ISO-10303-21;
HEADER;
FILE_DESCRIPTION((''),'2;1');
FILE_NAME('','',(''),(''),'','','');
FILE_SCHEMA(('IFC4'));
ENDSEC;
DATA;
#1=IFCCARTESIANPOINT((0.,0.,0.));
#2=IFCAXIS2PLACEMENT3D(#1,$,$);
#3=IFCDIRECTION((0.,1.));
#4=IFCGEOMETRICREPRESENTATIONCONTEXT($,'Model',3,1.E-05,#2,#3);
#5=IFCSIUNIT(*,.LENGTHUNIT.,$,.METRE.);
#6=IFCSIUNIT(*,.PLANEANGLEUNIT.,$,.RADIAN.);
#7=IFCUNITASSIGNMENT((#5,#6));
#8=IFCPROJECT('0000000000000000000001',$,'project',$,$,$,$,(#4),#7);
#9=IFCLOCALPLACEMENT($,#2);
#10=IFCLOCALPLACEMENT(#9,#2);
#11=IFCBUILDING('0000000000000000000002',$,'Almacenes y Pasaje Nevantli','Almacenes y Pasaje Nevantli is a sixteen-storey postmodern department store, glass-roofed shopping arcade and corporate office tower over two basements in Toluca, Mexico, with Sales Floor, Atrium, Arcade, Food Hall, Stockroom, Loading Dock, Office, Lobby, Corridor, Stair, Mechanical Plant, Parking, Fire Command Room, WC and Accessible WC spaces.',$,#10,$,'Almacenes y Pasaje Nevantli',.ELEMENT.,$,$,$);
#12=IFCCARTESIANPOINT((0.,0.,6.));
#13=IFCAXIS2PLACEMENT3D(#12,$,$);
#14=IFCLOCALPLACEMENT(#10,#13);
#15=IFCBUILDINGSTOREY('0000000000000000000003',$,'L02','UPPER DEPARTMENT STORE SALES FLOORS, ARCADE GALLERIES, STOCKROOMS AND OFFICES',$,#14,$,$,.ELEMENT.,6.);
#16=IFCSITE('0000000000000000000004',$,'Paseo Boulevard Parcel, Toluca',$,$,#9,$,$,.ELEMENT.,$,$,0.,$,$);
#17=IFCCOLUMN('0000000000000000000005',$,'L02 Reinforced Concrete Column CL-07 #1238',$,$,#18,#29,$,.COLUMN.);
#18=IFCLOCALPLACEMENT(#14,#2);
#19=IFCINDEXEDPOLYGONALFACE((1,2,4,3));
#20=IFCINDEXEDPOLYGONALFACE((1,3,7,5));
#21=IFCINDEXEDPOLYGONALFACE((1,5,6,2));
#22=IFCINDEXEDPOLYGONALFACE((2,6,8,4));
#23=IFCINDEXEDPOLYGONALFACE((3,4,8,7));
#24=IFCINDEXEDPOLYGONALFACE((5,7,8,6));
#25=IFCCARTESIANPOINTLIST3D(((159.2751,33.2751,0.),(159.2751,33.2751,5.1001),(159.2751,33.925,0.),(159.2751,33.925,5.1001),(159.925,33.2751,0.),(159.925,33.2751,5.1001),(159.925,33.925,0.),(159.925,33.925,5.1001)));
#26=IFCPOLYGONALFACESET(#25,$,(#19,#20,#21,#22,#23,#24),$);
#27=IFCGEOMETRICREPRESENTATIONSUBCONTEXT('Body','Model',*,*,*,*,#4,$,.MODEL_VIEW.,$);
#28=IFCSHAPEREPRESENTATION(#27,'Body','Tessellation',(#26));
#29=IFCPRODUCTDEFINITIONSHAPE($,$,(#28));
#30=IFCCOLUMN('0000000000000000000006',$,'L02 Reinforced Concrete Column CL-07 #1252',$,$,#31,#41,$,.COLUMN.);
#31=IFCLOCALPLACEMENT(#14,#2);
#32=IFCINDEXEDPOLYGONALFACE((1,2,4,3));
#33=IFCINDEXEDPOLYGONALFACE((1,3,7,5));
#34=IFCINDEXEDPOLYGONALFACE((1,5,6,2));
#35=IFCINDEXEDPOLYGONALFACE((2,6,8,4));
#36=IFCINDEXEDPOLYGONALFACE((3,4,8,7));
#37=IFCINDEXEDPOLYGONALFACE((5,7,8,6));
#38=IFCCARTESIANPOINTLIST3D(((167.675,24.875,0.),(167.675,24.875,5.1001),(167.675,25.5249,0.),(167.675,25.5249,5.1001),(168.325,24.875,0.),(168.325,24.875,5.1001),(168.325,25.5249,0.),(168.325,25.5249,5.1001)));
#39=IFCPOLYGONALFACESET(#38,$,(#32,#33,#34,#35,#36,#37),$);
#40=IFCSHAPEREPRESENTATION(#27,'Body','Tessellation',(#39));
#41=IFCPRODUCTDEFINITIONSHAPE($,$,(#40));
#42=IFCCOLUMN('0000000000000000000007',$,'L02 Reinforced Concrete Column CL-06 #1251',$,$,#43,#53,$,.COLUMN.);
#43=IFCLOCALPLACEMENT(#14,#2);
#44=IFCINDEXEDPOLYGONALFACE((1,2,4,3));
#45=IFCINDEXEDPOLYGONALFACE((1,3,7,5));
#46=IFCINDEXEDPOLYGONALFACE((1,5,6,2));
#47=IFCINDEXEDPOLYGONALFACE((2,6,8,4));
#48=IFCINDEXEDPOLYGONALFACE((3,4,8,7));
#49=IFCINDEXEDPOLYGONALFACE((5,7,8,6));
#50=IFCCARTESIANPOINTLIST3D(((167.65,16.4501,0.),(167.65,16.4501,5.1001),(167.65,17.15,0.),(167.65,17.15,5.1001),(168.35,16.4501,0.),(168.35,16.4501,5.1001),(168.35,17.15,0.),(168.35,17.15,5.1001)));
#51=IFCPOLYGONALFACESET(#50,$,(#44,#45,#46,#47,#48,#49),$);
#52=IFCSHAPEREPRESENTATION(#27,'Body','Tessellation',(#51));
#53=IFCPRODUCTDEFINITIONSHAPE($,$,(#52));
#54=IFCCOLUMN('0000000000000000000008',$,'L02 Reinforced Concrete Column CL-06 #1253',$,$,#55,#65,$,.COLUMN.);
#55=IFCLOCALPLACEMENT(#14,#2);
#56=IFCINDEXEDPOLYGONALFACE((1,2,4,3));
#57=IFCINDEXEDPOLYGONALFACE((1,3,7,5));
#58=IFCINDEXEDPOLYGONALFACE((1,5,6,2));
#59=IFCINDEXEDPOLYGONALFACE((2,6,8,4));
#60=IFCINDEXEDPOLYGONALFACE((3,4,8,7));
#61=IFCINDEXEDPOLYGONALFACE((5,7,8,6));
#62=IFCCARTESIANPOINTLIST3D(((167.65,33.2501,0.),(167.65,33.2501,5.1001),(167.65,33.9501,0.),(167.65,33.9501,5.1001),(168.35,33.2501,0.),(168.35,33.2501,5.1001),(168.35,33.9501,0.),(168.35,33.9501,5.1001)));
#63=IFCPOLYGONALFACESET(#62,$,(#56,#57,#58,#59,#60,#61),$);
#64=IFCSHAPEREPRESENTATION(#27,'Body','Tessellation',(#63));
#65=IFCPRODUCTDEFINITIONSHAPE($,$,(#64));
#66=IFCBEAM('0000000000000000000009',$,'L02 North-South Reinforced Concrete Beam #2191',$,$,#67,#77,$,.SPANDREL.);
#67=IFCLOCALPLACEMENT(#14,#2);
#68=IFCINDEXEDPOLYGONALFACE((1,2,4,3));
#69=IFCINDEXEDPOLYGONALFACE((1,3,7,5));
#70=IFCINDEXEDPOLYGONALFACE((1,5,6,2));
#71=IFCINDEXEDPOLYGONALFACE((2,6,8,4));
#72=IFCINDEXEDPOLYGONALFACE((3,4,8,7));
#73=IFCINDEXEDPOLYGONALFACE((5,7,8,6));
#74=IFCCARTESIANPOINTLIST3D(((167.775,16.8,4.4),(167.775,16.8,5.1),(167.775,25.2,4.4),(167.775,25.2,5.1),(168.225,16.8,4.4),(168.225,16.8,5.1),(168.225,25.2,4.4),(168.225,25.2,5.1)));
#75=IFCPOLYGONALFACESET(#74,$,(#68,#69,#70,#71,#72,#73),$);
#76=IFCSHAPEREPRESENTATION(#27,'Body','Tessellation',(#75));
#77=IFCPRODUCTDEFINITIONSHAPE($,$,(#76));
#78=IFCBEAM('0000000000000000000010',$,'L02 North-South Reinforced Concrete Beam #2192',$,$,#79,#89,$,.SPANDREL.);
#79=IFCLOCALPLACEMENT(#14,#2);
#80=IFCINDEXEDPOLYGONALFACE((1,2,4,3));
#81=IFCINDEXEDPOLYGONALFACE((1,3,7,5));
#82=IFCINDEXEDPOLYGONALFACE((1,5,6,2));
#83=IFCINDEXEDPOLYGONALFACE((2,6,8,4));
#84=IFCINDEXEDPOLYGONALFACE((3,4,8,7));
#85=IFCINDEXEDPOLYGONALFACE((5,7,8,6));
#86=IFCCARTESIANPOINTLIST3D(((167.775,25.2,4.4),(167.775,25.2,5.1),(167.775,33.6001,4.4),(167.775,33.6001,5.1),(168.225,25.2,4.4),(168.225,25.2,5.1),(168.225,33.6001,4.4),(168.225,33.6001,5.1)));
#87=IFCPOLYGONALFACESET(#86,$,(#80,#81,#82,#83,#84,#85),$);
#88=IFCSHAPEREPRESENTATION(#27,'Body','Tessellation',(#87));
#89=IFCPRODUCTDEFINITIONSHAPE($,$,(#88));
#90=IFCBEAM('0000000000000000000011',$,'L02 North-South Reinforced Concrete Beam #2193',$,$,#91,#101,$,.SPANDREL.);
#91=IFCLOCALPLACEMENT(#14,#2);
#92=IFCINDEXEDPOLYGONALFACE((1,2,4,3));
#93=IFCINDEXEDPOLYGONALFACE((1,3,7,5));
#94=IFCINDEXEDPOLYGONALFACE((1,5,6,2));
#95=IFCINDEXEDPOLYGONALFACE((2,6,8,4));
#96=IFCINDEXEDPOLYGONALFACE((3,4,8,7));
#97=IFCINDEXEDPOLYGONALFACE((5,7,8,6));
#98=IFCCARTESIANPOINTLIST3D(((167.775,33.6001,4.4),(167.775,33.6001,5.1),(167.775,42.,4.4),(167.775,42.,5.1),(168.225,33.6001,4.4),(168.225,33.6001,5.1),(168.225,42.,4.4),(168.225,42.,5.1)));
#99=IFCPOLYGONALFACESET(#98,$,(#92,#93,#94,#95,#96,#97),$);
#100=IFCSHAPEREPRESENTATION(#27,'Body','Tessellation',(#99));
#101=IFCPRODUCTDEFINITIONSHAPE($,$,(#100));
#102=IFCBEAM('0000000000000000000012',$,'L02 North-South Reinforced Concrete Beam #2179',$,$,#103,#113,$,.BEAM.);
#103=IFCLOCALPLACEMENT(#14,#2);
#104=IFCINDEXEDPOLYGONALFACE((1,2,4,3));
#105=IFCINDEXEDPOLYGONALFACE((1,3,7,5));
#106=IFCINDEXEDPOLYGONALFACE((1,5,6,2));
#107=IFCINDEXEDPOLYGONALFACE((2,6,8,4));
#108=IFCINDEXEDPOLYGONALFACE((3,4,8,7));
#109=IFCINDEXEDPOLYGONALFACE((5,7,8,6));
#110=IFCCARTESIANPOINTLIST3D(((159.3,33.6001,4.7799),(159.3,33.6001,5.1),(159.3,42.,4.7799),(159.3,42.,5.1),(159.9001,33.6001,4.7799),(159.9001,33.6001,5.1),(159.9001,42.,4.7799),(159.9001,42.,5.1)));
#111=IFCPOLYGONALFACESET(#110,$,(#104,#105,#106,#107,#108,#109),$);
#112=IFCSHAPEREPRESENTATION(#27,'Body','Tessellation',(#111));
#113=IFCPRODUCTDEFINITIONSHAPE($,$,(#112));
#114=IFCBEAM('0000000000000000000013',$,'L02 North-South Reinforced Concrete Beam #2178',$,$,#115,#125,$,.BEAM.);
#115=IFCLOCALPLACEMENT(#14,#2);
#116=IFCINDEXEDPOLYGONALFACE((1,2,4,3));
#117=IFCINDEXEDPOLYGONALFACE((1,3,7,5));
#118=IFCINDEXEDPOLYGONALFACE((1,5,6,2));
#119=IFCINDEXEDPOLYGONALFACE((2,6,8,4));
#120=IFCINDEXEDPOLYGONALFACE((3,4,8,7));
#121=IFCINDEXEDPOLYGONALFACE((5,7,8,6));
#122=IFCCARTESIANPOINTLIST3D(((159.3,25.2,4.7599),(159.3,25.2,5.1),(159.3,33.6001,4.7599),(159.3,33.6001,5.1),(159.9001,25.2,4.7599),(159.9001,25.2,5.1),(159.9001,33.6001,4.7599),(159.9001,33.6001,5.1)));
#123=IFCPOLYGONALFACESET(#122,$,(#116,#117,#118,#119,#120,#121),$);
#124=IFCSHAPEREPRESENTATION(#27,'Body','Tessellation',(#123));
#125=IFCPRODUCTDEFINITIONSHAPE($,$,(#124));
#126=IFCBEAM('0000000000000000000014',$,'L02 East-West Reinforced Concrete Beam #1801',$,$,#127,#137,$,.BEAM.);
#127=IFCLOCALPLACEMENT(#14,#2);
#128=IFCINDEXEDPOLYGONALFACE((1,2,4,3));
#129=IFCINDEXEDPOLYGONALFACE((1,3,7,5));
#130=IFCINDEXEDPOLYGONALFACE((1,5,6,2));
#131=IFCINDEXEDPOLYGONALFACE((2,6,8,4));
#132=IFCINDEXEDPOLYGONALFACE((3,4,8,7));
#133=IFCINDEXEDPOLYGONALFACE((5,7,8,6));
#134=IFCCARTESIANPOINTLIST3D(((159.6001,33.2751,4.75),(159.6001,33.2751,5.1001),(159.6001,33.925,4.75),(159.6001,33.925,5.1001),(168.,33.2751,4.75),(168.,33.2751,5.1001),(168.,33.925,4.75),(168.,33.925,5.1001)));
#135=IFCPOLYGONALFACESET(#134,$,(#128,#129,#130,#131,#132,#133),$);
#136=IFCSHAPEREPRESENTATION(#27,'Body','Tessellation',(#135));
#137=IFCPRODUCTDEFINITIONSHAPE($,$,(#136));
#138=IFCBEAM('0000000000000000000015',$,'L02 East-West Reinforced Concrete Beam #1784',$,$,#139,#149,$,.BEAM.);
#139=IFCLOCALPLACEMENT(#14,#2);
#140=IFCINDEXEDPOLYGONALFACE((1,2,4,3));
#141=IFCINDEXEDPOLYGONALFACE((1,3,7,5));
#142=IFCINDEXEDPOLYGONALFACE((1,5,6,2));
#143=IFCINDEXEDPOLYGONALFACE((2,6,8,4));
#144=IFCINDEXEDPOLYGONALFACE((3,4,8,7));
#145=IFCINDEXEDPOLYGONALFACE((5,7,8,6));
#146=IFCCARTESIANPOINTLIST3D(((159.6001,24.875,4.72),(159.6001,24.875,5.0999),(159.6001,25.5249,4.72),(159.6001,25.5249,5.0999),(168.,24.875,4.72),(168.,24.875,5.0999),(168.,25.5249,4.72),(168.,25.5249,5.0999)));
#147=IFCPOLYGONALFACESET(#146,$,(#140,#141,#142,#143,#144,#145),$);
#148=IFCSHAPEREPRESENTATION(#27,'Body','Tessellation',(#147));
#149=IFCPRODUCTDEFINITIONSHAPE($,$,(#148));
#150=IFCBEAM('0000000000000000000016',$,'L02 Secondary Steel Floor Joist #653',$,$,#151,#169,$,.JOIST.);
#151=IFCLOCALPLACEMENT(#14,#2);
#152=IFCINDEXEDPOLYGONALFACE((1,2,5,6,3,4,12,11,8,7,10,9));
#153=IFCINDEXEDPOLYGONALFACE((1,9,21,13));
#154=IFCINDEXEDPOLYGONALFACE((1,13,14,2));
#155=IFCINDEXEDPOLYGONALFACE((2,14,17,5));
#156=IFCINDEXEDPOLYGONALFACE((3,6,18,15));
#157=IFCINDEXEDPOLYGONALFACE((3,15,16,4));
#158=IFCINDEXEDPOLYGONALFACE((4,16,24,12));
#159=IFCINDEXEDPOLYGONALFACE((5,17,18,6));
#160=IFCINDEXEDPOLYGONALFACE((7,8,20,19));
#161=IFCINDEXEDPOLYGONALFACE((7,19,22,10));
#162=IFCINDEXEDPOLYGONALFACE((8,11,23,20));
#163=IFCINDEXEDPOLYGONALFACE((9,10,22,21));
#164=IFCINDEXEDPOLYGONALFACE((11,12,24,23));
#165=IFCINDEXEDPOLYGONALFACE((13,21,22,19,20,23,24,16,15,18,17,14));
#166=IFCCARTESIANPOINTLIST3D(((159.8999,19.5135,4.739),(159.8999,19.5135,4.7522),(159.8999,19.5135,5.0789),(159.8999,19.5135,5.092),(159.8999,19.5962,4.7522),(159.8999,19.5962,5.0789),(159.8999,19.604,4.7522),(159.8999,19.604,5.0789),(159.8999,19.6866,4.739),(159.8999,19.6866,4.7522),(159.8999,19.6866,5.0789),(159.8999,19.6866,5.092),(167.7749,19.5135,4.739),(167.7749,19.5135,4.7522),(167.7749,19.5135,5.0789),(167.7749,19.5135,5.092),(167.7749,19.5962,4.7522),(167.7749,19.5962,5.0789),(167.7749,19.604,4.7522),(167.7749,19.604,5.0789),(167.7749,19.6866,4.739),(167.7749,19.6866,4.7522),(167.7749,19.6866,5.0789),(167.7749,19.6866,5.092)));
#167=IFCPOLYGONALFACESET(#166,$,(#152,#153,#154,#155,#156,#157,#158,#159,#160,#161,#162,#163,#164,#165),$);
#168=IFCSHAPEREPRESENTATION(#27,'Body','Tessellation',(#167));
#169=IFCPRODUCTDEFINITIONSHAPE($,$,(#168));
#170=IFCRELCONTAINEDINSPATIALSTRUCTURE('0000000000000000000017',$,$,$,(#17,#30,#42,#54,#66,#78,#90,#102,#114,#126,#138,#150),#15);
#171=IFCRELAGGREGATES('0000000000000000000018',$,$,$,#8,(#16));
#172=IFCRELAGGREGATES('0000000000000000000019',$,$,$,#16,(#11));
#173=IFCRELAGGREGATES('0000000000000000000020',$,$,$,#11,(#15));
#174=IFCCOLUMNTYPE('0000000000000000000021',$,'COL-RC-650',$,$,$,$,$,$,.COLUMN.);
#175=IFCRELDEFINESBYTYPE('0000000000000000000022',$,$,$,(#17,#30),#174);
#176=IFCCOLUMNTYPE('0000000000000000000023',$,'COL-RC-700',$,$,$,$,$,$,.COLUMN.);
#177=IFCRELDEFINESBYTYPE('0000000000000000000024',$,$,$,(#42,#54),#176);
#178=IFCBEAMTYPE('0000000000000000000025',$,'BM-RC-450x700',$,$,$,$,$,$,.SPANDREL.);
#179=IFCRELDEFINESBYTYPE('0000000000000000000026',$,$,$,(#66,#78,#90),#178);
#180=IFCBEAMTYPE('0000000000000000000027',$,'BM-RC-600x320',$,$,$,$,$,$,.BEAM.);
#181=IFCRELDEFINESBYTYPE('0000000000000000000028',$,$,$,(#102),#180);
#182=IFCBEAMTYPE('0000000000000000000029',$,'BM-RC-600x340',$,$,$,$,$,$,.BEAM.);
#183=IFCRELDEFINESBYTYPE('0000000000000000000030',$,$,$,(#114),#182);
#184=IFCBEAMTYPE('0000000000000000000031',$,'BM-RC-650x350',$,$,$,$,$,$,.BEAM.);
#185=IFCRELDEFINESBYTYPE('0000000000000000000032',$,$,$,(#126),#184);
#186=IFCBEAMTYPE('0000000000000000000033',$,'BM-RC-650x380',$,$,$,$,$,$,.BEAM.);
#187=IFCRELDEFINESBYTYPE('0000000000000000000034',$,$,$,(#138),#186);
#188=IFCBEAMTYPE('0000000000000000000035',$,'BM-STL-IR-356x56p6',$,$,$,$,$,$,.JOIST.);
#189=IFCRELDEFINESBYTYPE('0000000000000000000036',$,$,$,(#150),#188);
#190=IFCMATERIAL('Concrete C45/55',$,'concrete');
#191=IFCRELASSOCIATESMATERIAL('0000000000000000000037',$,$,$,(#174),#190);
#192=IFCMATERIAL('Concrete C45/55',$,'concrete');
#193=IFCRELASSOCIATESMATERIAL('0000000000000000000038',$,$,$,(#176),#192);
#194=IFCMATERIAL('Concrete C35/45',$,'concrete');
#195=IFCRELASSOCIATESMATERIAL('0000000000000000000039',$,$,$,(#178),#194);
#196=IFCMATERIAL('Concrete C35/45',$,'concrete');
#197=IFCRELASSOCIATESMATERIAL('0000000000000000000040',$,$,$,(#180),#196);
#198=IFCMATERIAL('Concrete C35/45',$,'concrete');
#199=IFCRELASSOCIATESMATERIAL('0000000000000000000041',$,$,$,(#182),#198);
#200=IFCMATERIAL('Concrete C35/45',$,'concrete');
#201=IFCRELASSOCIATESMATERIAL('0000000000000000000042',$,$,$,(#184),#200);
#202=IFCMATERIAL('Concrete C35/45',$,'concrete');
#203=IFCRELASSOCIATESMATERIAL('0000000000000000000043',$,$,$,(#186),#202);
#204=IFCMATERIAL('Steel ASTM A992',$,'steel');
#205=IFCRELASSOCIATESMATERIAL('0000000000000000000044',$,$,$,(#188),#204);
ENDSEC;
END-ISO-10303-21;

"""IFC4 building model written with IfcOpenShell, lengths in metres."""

from ifc_helpers import new_model, si_unit, direction, frame, origin, origin_2d, place, context, subcontext, project, spatial, rectangle, i_section, extrude, material, material_profile, profile_set, type_object, element, save


model = new_model("IFC4")

# Units and contexts
model_context = context("Model", 3, precision=1e-05, world=origin(), true_north=direction((0.0, 1.0)))
body_context = subcontext(model_context, "Body", "Model", "MODEL_VIEW")
ifc_project = project(units=[si_unit("LENGTHUNIT", "METRE"), si_unit("PLANEANGLEUNIT", "RADIAN")], contexts=[model_context])

# Site, building, storey
site_placement = place(None, origin())
site = spatial("IfcSite", under=ifc_project, at=site_placement, Name="Paseo Boulevard Parcel, Toluca", CompositionType="ELEMENT", RefElevation=0.0)
building_placement = place(site_placement, origin())
building = spatial("IfcBuilding", under=site, at=building_placement, Name="Almacenes y Pasaje Nevantli", Description="Almacenes y Pasaje Nevantli is a sixteen-storey postmodern department store, glass-roofed shopping arcade and corporate office tower over two basements in Toluca, Mexico, with Sales Floor, Atrium, Arcade, Food Hall, Stockroom, Loading Dock, Office, Lobby, Corridor, Stair, Mechanical Plant, Parking, Fire Command Room, WC and Accessible WC spaces.", LongName="Almacenes y Pasaje Nevantli", CompositionType="ELEMENT")
storey_placement = place(building_placement, frame((0.0, 0.0, 6.0)))
storey = spatial("IfcBuildingStorey", under=building, at=storey_placement, Name="L02", Description="UPPER DEPARTMENT STORE SALES FLOORS, ARCADE GALLERIES, STOCKROOMS AND OFFICES", CompositionType="ELEMENT", Elevation=6.0)

# Columns
ifc_material_1 = material(Name="Concrete C45/55", Category="concrete")
ifc_material_profile_1 = material_profile(ifc_material_1, rectangle(XDim=0.6499, YDim=0.6499, at=origin_2d()), Name="RC-COL-650x650")
ifc_profile_set_1 = profile_set([ifc_material_profile_1], Name="Concrete C45/55")
column_type_1 = type_object("IfcColumnType", Name="COL-RC-650", PredefinedType="COLUMN", material=ifc_profile_set_1)
for number, where, z_axis, x_axis, name in (
    (1, (159.6001, 33.6001, 0.0), (0.0, 0.0, 1.0), (1.0, 0.0, 0.0), "L02 Reinforced Concrete Column CL-07 #1238"),
    (2, (168.0, 25.2, 0.0), (0.0, 0.0, 1.0), (1.0, 0.0, 0.0), "L02 Reinforced Concrete Column CL-07 #1252"),
):
    element("IfcColumn", number, at=place(storey_placement, frame(where, z_axis=z_axis, x_axis=x_axis)), inside=storey, type_object=column_type_1, Name=name, PredefinedType="COLUMN", context=body_context, shape_type="SweptSolid", body=[
        extrude(rectangle(XDim=0.6499, YDim=0.6499, at=origin_2d()), origin(), (0.0, 0.0, 1.0), 5.1001),
    ])
ifc_material_2 = material(Name="Concrete C45/55", Category="concrete")
ifc_material_profile_2 = material_profile(ifc_material_2, rectangle(XDim=0.7, YDim=0.7, at=origin_2d()), Name="RC-COL-700x700")
ifc_profile_set_2 = profile_set([ifc_material_profile_2], Name="Concrete C45/55")
column_type_2 = type_object("IfcColumnType", Name="COL-RC-700", PredefinedType="COLUMN", material=ifc_profile_set_2)
for number, where, z_axis, x_axis, name in (
    (3, (168.0, 16.8, 0.0), (0.0, 0.0, 1.0), (1.0, 0.0, 0.0), "L02 Reinforced Concrete Column CL-06 #1251"),
    (4, (168.0, 33.6001, 0.0), (0.0, 0.0, 1.0), (1.0, 0.0, 0.0), "L02 Reinforced Concrete Column CL-06 #1253"),
):
    element("IfcColumn", number, at=place(storey_placement, frame(where, z_axis=z_axis, x_axis=x_axis)), inside=storey, type_object=column_type_2, Name=name, PredefinedType="COLUMN", context=body_context, shape_type="SweptSolid", body=[
        extrude(rectangle(XDim=0.7, YDim=0.7, at=origin_2d()), origin(), (0.0, 0.0, 1.0), 5.1001),
    ])

# Beams
ifc_material_3 = material(Name="Concrete C35/45", Category="concrete")
ifc_material_profile_3 = material_profile(ifc_material_3, rectangle(XDim=0.45, YDim=0.7, at=origin_2d()), Name="RC-BM-450x700")
ifc_profile_set_3 = profile_set([ifc_material_profile_3], Name="Concrete C35/45")
beam_type_1 = type_object("IfcBeamType", Name="BM-RC-450x700", PredefinedType="SPANDREL", material=ifc_profile_set_3)
beam_1_placement = place(storey_placement, frame((168.0, 16.8, 4.75), z_axis=(0.0, 1.0, 0.0), x_axis=(-1.0, 0.0, 0.0)))
element("IfcBeam", 5, at=beam_1_placement, inside=storey, type_object=beam_type_1, Name="L02 North-South Reinforced Concrete Beam #2191", PredefinedType="SPANDREL", context=body_context, shape_type="SweptSolid", body=[
    extrude(rectangle(XDim=0.45, YDim=0.7, at=origin_2d()), origin(), (0.0, 0.0, 1.0), 8.3999),
])
beam_2_placement = place(storey_placement, frame((168.0, 25.2, 4.75), z_axis=(0.0, 1.0, 0.0), x_axis=(-1.0, 0.0, 0.0)))
element("IfcBeam", 6, at=beam_2_placement, inside=storey, type_object=beam_type_1, Name="L02 North-South Reinforced Concrete Beam #2192", PredefinedType="SPANDREL", context=body_context, shape_type="SweptSolid", body=[
    extrude(rectangle(XDim=0.45, YDim=0.7, at=origin_2d()), origin(), (0.0, 0.0, 1.0), 8.4001),
])
beam_3_placement = place(storey_placement, frame((168.0, 33.6001, 4.75), z_axis=(0.0, 1.0, 0.0), x_axis=(-1.0, 0.0, 0.0)))
element("IfcBeam", 7, at=beam_3_placement, inside=storey, type_object=beam_type_1, Name="L02 North-South Reinforced Concrete Beam #2193", PredefinedType="SPANDREL", context=body_context, shape_type="SweptSolid", body=[
    extrude(rectangle(XDim=0.45, YDim=0.7, at=origin_2d()), origin(), (0.0, 0.0, 1.0), 8.3999),
])
ifc_material_4 = material(Name="Concrete C35/45", Category="concrete")
ifc_material_profile_4 = material_profile(ifc_material_4, rectangle(XDim=0.6001, YDim=0.3201, at=origin_2d()), Name="RC-BM-600x320")
ifc_profile_set_4 = profile_set([ifc_material_profile_4], Name="Concrete C35/45")
beam_type_2 = type_object("IfcBeamType", Name="BM-RC-600x320", PredefinedType="BEAM", material=ifc_profile_set_4)
beam_4_placement = place(storey_placement, frame((159.6001, 33.6001, 4.9399), z_axis=(0.0, 1.0, 0.0), x_axis=(-1.0, 0.0, 0.0)))
element("IfcBeam", 8, at=beam_4_placement, inside=storey, type_object=beam_type_2, Name="L02 North-South Reinforced Concrete Beam #2179", PredefinedType="BEAM", context=body_context, shape_type="SweptSolid", body=[
    extrude(rectangle(XDim=0.6001, YDim=0.3201, at=origin_2d()), origin(), (0.0, 0.0, 1.0), 8.3999),
])
ifc_material_5 = material(Name="Concrete C35/45", Category="concrete")
ifc_material_profile_5 = material_profile(ifc_material_5, rectangle(XDim=0.6001, YDim=0.3401, at=origin_2d()), Name="RC-BM-600x340")
ifc_profile_set_5 = profile_set([ifc_material_profile_5], Name="Concrete C35/45")
beam_type_3 = type_object("IfcBeamType", Name="BM-RC-600x340", PredefinedType="BEAM", material=ifc_profile_set_5)
beam_5_placement = place(storey_placement, frame((159.6001, 25.2, 4.9299), z_axis=(0.0, 1.0, 0.0), x_axis=(-1.0, 0.0, 0.0)))
element("IfcBeam", 9, at=beam_5_placement, inside=storey, type_object=beam_type_3, Name="L02 North-South Reinforced Concrete Beam #2178", PredefinedType="BEAM", context=body_context, shape_type="SweptSolid", body=[
    extrude(rectangle(XDim=0.6001, YDim=0.3401, at=origin_2d()), origin(), (0.0, 0.0, 1.0), 8.4001),
])
ifc_material_6 = material(Name="Concrete C35/45", Category="concrete")
ifc_material_profile_6 = material_profile(ifc_material_6, rectangle(XDim=0.6499, YDim=0.3501, at=origin_2d()), Name="RC-BM-650x350")
ifc_profile_set_6 = profile_set([ifc_material_profile_6], Name="Concrete C35/45")
beam_type_4 = type_object("IfcBeamType", Name="BM-RC-650x350", PredefinedType="BEAM", material=ifc_profile_set_6)
beam_6_placement = place(storey_placement, frame((159.6001, 33.6001, 4.925), z_axis=(1.0, 0.0, 0.0), x_axis=(0.0, 1.0, 0.0)))
element("IfcBeam", 10, at=beam_6_placement, inside=storey, type_object=beam_type_4, Name="L02 East-West Reinforced Concrete Beam #1801", PredefinedType="BEAM", context=body_context, shape_type="SweptSolid", body=[
    extrude(rectangle(XDim=0.6499, YDim=0.3501, at=origin_2d()), origin(), (0.0, 0.0, 1.0), 8.3999),
])
ifc_material_7 = material(Name="Concrete C35/45", Category="concrete")
ifc_material_profile_7 = material_profile(ifc_material_7, rectangle(XDim=0.6499, YDim=0.3799, at=origin_2d()), Name="RC-BM-650x380")
ifc_profile_set_7 = profile_set([ifc_material_profile_7], Name="Concrete C35/45")
beam_type_5 = type_object("IfcBeamType", Name="BM-RC-650x380", PredefinedType="BEAM", material=ifc_profile_set_7)
beam_7_placement = place(storey_placement, frame((159.6001, 25.2, 4.9099), z_axis=(1.0, 0.0, 0.0), x_axis=(0.0, 1.0, 0.0)))
element("IfcBeam", 11, at=beam_7_placement, inside=storey, type_object=beam_type_5, Name="L02 East-West Reinforced Concrete Beam #1784", PredefinedType="BEAM", context=body_context, shape_type="SweptSolid", body=[
    extrude(rectangle(XDim=0.6499, YDim=0.3799, at=origin_2d()), origin(), (0.0, 0.0, 1.0), 8.3999),
])
ifc_material_8 = material(Name="Steel ASTM A992", Category="steel")
ifc_material_profile_8 = material_profile(ifc_material_8, i_section(OverallWidth=0.1731, OverallDepth=0.353, WebThickness=0.0078, FlangeThickness=0.0132, at=origin_2d()), Name="IR 356x56.6")
ifc_profile_set_8 = profile_set([ifc_material_profile_8], Name="Steel ASTM A992")
beam_type_6 = type_object("IfcBeamType", Name="BM-STL-IR-356x56p6", PredefinedType="JOIST", material=ifc_profile_set_8)
for number, where, z_axis, x_axis, name in (
    (12, (159.8999, 19.6001, 4.9155), (1.0, 0.0, 0.0), (0.0, 1.0, 0.0), "L02 Secondary Steel Floor Joist #653"),
):
    element("IfcBeam", number, at=place(storey_placement, frame(where, z_axis=z_axis, x_axis=x_axis)), inside=storey, type_object=beam_type_6, Name=name, PredefinedType="JOIST", context=body_context, shape_type="SweptSolid", body=[
        extrude(i_section(OverallWidth=0.1731, OverallDepth=0.353, WebThickness=0.0078, FlangeThickness=0.0132, at=origin_2d()), origin(), (0.0, 0.0, 1.0), 7.875),
    ])

save(model, "model.ifc")
